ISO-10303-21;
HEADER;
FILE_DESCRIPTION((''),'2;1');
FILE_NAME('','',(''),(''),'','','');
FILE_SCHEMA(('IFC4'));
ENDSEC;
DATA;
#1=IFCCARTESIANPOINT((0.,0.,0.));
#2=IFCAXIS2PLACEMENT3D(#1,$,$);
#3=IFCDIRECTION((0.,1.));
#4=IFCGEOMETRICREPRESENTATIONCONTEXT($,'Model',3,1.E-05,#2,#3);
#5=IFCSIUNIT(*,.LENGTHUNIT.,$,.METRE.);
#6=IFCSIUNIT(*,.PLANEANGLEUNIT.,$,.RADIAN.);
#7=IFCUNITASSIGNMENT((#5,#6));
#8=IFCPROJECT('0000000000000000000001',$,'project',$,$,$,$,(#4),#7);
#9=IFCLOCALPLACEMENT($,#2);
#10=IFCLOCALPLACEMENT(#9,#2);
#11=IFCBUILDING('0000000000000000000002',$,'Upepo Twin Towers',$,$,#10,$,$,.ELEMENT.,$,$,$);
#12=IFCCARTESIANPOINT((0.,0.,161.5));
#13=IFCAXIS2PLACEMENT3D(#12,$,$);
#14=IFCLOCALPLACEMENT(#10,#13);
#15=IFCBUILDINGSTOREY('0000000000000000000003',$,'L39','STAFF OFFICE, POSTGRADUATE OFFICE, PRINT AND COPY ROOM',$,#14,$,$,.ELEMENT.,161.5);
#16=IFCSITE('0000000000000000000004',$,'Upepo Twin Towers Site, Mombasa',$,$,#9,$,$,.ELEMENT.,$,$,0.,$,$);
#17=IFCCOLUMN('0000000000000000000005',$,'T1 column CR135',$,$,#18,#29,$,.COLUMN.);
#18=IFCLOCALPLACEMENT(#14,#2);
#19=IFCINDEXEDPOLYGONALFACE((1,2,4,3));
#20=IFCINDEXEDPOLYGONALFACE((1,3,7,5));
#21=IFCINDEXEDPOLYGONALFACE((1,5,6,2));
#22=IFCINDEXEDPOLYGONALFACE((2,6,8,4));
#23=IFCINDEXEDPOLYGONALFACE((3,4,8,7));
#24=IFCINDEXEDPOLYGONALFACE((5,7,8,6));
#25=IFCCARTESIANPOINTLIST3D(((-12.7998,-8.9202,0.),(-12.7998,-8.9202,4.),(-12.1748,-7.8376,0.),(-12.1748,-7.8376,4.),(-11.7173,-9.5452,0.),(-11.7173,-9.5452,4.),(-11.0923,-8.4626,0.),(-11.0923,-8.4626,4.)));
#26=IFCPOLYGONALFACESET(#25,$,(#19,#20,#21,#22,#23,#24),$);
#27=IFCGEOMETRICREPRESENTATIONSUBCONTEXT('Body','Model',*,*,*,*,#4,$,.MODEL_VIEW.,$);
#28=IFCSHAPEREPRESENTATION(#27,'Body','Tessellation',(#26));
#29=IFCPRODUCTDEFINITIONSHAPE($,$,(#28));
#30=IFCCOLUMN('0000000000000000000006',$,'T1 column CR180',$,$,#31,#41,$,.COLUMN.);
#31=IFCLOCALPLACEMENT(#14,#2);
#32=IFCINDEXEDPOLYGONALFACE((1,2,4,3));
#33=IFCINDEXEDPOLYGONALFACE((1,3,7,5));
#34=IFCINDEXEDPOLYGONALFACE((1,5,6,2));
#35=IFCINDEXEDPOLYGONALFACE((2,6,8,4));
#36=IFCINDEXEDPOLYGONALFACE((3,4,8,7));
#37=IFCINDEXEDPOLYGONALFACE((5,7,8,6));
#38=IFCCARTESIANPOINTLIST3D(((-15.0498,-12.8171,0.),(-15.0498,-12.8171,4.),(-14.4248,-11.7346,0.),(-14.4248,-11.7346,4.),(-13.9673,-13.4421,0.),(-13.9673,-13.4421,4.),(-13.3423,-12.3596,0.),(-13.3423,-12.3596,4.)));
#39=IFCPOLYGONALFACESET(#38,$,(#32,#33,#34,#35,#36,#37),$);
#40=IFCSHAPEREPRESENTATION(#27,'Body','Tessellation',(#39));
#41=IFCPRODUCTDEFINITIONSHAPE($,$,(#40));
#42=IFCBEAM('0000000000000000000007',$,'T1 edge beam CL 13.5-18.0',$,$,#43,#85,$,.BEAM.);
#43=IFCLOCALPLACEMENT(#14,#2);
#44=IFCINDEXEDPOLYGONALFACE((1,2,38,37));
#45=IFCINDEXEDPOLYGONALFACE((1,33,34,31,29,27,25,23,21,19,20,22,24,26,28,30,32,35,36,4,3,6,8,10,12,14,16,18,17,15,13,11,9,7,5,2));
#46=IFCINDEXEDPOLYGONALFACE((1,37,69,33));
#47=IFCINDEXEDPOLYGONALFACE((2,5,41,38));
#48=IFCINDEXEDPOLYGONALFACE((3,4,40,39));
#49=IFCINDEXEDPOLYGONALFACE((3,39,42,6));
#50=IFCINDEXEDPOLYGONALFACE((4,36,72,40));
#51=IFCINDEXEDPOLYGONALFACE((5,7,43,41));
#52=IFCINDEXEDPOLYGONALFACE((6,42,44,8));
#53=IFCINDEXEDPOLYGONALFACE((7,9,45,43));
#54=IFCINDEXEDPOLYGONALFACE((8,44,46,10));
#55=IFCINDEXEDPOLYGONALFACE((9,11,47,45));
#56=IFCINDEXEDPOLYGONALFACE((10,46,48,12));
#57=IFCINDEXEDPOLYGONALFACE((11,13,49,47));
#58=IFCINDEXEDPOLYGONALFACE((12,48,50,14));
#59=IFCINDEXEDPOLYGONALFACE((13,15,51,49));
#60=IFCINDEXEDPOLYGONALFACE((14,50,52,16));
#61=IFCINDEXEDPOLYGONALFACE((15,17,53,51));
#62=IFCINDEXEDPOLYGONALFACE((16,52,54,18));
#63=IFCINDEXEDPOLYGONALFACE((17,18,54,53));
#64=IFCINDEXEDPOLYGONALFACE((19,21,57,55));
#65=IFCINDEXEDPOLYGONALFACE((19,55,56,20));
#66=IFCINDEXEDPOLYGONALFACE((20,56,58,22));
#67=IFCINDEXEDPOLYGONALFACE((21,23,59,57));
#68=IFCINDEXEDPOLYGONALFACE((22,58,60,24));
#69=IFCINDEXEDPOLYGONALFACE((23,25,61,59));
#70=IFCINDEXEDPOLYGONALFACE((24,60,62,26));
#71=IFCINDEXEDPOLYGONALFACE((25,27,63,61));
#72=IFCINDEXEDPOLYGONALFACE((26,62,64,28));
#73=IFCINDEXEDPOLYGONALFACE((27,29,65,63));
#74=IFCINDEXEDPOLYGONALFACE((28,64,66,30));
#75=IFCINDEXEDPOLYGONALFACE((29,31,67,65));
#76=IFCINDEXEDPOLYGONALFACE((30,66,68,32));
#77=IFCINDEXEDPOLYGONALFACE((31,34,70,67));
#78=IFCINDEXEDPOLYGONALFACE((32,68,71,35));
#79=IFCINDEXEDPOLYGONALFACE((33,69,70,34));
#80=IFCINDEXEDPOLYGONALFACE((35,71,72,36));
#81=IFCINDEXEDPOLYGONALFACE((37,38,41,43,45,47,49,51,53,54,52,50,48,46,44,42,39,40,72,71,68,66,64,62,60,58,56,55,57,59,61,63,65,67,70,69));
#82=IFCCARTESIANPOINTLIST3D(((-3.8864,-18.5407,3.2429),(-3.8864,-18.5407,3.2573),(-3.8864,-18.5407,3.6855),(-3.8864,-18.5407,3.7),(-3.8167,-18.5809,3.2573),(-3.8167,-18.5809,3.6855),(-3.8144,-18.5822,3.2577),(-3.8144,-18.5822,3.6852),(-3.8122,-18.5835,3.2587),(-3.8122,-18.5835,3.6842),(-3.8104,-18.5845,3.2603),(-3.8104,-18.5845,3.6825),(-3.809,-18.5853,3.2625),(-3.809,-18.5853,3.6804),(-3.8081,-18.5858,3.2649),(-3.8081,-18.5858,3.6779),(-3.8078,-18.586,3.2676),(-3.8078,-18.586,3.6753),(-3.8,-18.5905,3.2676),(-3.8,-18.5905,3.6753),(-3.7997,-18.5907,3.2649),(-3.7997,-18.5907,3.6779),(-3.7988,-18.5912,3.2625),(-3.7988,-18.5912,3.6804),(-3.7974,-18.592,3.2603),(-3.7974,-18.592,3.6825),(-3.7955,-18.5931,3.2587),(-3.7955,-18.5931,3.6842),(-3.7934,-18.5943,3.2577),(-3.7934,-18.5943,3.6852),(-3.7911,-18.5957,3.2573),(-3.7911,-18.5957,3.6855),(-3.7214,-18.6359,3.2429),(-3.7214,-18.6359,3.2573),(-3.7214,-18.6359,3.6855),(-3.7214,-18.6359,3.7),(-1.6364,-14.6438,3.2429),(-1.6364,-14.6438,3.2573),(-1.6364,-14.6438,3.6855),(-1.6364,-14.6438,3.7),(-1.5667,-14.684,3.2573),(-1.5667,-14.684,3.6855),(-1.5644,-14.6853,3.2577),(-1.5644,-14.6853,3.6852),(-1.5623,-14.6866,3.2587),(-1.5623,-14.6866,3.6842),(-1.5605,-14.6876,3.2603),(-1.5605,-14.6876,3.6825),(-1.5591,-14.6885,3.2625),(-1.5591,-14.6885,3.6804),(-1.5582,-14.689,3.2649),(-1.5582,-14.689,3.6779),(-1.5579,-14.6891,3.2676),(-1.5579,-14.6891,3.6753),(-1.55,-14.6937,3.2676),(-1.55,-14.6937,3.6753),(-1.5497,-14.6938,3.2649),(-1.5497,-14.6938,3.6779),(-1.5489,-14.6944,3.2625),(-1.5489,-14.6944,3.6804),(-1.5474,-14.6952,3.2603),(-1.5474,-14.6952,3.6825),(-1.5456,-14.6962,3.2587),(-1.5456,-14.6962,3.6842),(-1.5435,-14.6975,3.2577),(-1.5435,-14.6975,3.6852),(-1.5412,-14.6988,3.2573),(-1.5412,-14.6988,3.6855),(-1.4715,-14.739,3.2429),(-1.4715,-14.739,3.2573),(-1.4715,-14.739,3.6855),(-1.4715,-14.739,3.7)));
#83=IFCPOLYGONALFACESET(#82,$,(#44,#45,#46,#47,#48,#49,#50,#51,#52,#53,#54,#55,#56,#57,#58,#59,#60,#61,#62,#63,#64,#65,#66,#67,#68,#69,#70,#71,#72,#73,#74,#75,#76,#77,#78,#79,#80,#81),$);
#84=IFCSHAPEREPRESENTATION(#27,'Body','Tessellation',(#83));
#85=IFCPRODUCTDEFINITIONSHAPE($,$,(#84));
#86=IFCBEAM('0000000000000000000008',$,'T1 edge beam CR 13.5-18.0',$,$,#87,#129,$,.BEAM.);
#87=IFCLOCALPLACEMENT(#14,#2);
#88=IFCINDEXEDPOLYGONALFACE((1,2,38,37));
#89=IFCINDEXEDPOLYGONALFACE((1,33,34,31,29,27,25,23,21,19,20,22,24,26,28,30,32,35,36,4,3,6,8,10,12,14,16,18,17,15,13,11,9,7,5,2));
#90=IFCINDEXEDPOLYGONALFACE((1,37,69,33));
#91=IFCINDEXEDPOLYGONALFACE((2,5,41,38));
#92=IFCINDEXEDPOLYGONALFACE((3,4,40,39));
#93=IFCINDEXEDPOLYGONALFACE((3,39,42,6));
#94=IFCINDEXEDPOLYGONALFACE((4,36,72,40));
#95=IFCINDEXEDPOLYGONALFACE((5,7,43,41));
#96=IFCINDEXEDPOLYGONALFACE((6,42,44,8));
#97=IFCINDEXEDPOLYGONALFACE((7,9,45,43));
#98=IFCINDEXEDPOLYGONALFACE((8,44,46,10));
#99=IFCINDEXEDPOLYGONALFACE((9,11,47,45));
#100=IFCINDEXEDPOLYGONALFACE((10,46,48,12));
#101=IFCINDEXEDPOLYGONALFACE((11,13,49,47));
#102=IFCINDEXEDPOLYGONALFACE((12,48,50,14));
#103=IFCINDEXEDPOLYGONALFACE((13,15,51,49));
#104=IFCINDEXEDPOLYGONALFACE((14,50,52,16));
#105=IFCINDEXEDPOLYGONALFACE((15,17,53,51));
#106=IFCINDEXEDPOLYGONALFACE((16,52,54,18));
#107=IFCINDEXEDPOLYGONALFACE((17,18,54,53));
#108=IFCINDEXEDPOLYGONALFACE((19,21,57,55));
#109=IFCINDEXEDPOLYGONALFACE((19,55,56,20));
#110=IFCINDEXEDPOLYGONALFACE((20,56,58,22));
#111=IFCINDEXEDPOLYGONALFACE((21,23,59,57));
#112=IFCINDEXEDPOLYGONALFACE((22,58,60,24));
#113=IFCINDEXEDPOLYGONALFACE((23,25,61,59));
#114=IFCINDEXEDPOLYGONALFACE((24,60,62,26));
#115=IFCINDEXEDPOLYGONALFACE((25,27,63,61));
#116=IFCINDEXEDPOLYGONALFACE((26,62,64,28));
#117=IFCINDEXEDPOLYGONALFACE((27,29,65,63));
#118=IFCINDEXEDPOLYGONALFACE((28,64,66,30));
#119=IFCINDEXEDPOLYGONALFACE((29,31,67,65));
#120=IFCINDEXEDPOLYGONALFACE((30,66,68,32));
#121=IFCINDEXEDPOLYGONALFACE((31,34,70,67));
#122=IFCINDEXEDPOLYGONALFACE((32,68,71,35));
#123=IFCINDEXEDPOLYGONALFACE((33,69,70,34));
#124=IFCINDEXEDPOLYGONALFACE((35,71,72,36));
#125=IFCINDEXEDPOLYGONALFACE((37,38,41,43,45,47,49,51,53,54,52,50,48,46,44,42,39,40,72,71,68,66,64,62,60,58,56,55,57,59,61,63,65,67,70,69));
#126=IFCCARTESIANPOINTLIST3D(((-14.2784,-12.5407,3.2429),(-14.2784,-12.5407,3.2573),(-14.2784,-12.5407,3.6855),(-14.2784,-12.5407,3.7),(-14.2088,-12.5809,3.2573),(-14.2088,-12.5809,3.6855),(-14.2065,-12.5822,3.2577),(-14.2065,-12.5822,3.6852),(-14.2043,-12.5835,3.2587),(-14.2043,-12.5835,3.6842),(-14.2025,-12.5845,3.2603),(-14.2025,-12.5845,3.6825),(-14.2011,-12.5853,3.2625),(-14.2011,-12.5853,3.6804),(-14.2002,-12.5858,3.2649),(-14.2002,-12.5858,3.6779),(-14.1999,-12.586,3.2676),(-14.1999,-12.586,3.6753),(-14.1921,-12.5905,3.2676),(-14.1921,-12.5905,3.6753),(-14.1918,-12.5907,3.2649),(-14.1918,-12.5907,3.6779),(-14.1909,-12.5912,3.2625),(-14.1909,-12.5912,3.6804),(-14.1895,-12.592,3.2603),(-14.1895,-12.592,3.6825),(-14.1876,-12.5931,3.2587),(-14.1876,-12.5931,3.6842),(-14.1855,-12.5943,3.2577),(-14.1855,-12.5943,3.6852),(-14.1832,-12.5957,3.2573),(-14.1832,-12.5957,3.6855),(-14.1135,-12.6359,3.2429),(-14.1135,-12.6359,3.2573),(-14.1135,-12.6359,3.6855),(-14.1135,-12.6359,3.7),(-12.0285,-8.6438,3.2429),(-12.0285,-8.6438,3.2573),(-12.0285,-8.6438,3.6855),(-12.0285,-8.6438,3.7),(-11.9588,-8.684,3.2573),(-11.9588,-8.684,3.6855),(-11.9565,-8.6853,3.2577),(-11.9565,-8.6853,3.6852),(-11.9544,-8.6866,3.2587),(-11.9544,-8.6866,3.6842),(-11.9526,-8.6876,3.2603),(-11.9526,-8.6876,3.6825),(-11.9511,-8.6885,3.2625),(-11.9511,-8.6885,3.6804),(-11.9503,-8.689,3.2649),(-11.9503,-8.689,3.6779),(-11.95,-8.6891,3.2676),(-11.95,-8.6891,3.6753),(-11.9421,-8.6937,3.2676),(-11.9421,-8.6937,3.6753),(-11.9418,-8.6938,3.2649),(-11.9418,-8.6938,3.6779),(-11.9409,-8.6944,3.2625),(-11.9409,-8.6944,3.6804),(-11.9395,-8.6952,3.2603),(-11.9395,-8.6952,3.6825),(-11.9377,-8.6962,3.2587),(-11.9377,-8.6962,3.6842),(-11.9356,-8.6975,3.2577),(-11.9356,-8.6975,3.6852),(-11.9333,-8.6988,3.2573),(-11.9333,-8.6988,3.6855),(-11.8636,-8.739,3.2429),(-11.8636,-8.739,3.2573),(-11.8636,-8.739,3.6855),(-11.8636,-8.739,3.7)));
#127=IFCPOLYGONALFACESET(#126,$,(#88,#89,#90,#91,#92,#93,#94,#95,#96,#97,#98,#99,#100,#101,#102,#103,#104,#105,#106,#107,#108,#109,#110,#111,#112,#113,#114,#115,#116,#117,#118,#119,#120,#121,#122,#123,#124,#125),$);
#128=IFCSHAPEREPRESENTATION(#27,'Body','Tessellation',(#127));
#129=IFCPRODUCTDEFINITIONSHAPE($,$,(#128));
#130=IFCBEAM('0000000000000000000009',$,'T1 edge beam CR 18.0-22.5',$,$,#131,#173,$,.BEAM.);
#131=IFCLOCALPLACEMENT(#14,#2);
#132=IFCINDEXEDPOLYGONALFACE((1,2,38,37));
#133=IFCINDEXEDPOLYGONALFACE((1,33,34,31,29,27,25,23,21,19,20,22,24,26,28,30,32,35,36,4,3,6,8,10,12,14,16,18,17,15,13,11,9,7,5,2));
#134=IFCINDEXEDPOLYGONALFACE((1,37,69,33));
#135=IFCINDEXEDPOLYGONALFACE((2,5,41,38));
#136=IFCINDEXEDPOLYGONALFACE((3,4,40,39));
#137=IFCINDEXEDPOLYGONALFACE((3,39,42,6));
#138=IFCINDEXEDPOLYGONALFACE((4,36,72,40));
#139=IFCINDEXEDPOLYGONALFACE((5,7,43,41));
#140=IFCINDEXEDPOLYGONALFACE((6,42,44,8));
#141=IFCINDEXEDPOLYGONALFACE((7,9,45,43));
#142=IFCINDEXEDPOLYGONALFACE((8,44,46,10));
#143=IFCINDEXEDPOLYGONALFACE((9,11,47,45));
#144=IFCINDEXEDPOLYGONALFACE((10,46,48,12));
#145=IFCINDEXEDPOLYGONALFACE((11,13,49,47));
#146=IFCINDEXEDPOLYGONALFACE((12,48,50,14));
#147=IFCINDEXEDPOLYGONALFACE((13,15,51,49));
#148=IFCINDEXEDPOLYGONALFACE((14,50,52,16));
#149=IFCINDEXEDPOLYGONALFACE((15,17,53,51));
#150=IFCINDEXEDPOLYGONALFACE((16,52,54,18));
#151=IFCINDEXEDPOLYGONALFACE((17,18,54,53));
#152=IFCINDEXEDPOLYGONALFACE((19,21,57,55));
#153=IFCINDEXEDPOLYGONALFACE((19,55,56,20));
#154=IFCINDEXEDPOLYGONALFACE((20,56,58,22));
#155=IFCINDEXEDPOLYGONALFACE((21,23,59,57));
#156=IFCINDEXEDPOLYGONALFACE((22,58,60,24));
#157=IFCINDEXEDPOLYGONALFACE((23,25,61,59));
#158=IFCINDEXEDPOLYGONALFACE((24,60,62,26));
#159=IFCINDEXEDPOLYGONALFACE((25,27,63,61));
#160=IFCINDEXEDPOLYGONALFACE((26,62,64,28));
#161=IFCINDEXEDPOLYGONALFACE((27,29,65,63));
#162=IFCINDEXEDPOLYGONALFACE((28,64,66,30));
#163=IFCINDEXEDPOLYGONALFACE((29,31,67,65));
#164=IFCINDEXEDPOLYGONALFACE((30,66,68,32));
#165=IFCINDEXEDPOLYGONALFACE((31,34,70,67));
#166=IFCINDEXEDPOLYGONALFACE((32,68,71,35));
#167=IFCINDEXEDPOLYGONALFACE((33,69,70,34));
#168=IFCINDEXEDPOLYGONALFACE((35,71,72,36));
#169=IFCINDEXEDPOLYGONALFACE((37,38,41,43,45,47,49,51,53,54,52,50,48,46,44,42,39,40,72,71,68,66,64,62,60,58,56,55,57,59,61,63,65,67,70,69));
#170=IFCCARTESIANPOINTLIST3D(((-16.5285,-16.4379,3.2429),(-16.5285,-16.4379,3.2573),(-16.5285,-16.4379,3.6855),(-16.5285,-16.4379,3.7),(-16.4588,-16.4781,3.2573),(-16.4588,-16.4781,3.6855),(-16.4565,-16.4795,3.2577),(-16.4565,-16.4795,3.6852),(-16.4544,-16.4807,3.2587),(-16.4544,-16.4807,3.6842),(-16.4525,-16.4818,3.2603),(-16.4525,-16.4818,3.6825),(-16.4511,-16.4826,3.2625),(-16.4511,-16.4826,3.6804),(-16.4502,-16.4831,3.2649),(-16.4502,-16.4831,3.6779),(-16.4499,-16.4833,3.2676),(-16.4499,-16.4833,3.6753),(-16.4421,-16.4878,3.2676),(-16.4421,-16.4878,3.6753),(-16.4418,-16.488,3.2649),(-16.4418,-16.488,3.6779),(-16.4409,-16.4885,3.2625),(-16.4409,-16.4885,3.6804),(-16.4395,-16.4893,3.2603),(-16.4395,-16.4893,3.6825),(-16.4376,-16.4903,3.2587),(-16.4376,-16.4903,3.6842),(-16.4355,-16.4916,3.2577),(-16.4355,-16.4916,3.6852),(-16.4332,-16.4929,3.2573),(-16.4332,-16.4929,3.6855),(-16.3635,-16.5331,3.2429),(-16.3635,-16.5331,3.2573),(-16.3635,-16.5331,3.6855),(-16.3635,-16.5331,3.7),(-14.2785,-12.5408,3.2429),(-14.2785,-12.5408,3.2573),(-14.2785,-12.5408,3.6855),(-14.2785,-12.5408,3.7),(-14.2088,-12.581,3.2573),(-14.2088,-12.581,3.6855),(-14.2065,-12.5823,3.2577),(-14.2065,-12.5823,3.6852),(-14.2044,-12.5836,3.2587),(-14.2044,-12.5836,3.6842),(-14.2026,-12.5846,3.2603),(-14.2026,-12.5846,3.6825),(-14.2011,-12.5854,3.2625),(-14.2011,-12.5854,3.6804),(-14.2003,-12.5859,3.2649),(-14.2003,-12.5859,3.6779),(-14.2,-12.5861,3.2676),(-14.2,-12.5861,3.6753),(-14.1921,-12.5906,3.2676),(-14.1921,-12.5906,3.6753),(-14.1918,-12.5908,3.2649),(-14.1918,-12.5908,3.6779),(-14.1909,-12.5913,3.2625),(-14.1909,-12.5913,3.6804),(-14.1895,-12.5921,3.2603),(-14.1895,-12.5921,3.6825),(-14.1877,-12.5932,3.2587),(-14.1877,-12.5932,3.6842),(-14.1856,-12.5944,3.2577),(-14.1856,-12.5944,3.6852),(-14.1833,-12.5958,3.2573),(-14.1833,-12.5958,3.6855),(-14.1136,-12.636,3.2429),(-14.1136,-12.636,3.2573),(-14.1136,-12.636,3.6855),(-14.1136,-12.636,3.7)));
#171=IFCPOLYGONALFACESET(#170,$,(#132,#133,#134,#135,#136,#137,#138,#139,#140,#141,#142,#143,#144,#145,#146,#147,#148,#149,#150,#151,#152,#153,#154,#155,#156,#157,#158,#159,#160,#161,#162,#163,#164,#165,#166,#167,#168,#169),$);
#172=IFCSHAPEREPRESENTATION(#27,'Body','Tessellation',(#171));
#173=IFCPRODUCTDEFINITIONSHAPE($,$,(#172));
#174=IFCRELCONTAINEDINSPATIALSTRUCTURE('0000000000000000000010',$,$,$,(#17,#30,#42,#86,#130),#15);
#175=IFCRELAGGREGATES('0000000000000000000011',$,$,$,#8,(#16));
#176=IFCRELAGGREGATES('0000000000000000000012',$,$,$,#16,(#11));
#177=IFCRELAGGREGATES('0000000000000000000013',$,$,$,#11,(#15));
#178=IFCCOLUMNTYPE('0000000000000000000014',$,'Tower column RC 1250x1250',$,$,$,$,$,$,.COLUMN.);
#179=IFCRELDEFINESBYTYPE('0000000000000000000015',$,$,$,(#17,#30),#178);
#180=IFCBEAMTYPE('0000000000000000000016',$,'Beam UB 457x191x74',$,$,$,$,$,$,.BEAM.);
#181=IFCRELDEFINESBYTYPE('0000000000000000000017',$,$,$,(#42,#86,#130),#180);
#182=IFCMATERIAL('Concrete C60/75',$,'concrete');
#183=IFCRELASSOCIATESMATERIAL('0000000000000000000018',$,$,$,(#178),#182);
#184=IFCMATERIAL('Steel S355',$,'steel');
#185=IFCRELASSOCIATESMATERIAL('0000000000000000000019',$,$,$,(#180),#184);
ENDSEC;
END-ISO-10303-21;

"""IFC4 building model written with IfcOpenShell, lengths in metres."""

from ifc_helpers import new_model, si_unit, direction, frame, origin, origin_2d, place, context, subcontext, project, spatial, rectangle, i_section, extrude, material, material_profile, profile_set, type_object, element, save


model = new_model("IFC4")

# Units and contexts
model_context = context("Model", 3, precision=1e-05, world=origin(), true_north=direction((0.0, 1.0)))
body_context = subcontext(model_context, "Body", "Model", "MODEL_VIEW")
ifc_project = project(units=[si_unit("LENGTHUNIT", "METRE"), si_unit("PLANEANGLEUNIT", "RADIAN")], contexts=[model_context])

# Site, building, storey
site_placement = place(None, origin())
site = spatial("IfcSite", under=ifc_project, at=site_placement, Name="Upepo Twin Towers Site, Mombasa", CompositionType="ELEMENT", RefElevation=0.0)
building_placement = place(site_placement, origin())
building = spatial("IfcBuilding", under=site, at=building_placement, Name="Upepo Twin Towers", CompositionType="ELEMENT")
storey_placement = place(building_placement, frame((0.0, 0.0, 161.5)))
storey = spatial("IfcBuildingStorey", under=building, at=storey_placement, Name="L39", Description="STAFF OFFICE, POSTGRADUATE OFFICE, PRINT AND COPY ROOM", CompositionType="ELEMENT", Elevation=161.5)

# Columns
ifc_material_1 = material(Name="Concrete C60/75", Category="concrete")
ifc_material_profile_1 = material_profile(ifc_material_1, rectangle(XDim=1.25, YDim=1.25, at=origin_2d()), Name="RC 1250x1250")
ifc_profile_set_1 = profile_set([ifc_material_profile_1], Name="Concrete C60/75")
column_type = type_object("IfcColumnType", Name="Tower column RC 1250x1250", PredefinedType="COLUMN", material=ifc_profile_set_1)
for number, where, z_axis, x_axis, name in (
    (1, (-11.946, -8.6914, 0.0), (0.0, 0.0, 1.0), (0.5, 0.866025, 0.0), "T1 column CR135"),
    (2, (-14.196, -12.5884, 0.0), (0.0, 0.0, 1.0), (0.5, 0.866025, 0.0), "T1 column CR180"),
):
    element("IfcColumn", number, at=place(storey_placement, frame(where, z_axis=z_axis, x_axis=x_axis)), inside=storey, type_object=column_type, Name=name, PredefinedType="COLUMN", context=body_context, shape_type="SweptSolid", body=[
        extrude(rectangle(XDim=1.25, YDim=1.25, at=origin_2d()), origin(), (0.0, 0.0, 1.0), 4.0),
    ])

# Beams
ifc_material_2 = material(Name="Steel S355", Category="steel")
ifc_material_profile_2 = material_profile(ifc_material_2, i_section(OverallWidth=0.1904, OverallDepth=0.457, WebThickness=0.009, FlangeThickness=0.0144, FilletRadius=0.0103, at=origin_2d()), Name="UB 457x191x74")
ifc_profile_set_2 = profile_set([ifc_material_profile_2], Name="Steel S355")
beam_type_1 = type_object("IfcBeamType", Name="Beam UB 457x191x74", PredefinedType="BEAM", material=ifc_profile_set_2)
for number, where, z_axis, x_axis, name in (
    (3, (-1.554, -14.6914, 3.4714), (-0.500014, -0.866018, 0.0), (0.866018, -0.500014, 0.0), "T1 edge beam CL 13.5-18.0"),
    (4, (-11.946, -8.6914, 3.4714), (-0.500014, -0.866018, 0.0), (0.866018, -0.500014, 0.0), "T1 edge beam CR 13.5-18.0"),
):
    element("IfcBeam", number, at=place(storey_placement, frame(where, z_axis=z_axis, x_axis=x_axis)), inside=storey, type_object=beam_type_1, Name=name, PredefinedType="BEAM", context=body_context, shape_type="SweptSolid", body=[
        extrude(i_section(OverallWidth=0.1904, OverallDepth=0.457, WebThickness=0.009, FlangeThickness=0.0144, FilletRadius=0.0103, at=origin_2d()), origin(), (0.0, 0.0, 1.0), 4.4998),
    ])
beam_placement = place(storey_placement, frame((-14.196, -12.5884, 3.4714), z_axis=(-0.49999, -0.866031, 0.0), x_axis=(0.866031, -0.49999, 0.0)))
element("IfcBeam", 5, at=beam_placement, inside=storey, type_object=beam_type_1, Name="T1 edge beam CR 18.0-22.5", PredefinedType="BEAM", context=body_context, shape_type="SweptSolid", body=[
    extrude(i_section(OverallWidth=0.1904, OverallDepth=0.457, WebThickness=0.009, FlangeThickness=0.0144, FilletRadius=0.0103, at=origin_2d()), origin(), (0.0, 0.0, 1.0), 4.5),
])

save(model, "model.ifc")
